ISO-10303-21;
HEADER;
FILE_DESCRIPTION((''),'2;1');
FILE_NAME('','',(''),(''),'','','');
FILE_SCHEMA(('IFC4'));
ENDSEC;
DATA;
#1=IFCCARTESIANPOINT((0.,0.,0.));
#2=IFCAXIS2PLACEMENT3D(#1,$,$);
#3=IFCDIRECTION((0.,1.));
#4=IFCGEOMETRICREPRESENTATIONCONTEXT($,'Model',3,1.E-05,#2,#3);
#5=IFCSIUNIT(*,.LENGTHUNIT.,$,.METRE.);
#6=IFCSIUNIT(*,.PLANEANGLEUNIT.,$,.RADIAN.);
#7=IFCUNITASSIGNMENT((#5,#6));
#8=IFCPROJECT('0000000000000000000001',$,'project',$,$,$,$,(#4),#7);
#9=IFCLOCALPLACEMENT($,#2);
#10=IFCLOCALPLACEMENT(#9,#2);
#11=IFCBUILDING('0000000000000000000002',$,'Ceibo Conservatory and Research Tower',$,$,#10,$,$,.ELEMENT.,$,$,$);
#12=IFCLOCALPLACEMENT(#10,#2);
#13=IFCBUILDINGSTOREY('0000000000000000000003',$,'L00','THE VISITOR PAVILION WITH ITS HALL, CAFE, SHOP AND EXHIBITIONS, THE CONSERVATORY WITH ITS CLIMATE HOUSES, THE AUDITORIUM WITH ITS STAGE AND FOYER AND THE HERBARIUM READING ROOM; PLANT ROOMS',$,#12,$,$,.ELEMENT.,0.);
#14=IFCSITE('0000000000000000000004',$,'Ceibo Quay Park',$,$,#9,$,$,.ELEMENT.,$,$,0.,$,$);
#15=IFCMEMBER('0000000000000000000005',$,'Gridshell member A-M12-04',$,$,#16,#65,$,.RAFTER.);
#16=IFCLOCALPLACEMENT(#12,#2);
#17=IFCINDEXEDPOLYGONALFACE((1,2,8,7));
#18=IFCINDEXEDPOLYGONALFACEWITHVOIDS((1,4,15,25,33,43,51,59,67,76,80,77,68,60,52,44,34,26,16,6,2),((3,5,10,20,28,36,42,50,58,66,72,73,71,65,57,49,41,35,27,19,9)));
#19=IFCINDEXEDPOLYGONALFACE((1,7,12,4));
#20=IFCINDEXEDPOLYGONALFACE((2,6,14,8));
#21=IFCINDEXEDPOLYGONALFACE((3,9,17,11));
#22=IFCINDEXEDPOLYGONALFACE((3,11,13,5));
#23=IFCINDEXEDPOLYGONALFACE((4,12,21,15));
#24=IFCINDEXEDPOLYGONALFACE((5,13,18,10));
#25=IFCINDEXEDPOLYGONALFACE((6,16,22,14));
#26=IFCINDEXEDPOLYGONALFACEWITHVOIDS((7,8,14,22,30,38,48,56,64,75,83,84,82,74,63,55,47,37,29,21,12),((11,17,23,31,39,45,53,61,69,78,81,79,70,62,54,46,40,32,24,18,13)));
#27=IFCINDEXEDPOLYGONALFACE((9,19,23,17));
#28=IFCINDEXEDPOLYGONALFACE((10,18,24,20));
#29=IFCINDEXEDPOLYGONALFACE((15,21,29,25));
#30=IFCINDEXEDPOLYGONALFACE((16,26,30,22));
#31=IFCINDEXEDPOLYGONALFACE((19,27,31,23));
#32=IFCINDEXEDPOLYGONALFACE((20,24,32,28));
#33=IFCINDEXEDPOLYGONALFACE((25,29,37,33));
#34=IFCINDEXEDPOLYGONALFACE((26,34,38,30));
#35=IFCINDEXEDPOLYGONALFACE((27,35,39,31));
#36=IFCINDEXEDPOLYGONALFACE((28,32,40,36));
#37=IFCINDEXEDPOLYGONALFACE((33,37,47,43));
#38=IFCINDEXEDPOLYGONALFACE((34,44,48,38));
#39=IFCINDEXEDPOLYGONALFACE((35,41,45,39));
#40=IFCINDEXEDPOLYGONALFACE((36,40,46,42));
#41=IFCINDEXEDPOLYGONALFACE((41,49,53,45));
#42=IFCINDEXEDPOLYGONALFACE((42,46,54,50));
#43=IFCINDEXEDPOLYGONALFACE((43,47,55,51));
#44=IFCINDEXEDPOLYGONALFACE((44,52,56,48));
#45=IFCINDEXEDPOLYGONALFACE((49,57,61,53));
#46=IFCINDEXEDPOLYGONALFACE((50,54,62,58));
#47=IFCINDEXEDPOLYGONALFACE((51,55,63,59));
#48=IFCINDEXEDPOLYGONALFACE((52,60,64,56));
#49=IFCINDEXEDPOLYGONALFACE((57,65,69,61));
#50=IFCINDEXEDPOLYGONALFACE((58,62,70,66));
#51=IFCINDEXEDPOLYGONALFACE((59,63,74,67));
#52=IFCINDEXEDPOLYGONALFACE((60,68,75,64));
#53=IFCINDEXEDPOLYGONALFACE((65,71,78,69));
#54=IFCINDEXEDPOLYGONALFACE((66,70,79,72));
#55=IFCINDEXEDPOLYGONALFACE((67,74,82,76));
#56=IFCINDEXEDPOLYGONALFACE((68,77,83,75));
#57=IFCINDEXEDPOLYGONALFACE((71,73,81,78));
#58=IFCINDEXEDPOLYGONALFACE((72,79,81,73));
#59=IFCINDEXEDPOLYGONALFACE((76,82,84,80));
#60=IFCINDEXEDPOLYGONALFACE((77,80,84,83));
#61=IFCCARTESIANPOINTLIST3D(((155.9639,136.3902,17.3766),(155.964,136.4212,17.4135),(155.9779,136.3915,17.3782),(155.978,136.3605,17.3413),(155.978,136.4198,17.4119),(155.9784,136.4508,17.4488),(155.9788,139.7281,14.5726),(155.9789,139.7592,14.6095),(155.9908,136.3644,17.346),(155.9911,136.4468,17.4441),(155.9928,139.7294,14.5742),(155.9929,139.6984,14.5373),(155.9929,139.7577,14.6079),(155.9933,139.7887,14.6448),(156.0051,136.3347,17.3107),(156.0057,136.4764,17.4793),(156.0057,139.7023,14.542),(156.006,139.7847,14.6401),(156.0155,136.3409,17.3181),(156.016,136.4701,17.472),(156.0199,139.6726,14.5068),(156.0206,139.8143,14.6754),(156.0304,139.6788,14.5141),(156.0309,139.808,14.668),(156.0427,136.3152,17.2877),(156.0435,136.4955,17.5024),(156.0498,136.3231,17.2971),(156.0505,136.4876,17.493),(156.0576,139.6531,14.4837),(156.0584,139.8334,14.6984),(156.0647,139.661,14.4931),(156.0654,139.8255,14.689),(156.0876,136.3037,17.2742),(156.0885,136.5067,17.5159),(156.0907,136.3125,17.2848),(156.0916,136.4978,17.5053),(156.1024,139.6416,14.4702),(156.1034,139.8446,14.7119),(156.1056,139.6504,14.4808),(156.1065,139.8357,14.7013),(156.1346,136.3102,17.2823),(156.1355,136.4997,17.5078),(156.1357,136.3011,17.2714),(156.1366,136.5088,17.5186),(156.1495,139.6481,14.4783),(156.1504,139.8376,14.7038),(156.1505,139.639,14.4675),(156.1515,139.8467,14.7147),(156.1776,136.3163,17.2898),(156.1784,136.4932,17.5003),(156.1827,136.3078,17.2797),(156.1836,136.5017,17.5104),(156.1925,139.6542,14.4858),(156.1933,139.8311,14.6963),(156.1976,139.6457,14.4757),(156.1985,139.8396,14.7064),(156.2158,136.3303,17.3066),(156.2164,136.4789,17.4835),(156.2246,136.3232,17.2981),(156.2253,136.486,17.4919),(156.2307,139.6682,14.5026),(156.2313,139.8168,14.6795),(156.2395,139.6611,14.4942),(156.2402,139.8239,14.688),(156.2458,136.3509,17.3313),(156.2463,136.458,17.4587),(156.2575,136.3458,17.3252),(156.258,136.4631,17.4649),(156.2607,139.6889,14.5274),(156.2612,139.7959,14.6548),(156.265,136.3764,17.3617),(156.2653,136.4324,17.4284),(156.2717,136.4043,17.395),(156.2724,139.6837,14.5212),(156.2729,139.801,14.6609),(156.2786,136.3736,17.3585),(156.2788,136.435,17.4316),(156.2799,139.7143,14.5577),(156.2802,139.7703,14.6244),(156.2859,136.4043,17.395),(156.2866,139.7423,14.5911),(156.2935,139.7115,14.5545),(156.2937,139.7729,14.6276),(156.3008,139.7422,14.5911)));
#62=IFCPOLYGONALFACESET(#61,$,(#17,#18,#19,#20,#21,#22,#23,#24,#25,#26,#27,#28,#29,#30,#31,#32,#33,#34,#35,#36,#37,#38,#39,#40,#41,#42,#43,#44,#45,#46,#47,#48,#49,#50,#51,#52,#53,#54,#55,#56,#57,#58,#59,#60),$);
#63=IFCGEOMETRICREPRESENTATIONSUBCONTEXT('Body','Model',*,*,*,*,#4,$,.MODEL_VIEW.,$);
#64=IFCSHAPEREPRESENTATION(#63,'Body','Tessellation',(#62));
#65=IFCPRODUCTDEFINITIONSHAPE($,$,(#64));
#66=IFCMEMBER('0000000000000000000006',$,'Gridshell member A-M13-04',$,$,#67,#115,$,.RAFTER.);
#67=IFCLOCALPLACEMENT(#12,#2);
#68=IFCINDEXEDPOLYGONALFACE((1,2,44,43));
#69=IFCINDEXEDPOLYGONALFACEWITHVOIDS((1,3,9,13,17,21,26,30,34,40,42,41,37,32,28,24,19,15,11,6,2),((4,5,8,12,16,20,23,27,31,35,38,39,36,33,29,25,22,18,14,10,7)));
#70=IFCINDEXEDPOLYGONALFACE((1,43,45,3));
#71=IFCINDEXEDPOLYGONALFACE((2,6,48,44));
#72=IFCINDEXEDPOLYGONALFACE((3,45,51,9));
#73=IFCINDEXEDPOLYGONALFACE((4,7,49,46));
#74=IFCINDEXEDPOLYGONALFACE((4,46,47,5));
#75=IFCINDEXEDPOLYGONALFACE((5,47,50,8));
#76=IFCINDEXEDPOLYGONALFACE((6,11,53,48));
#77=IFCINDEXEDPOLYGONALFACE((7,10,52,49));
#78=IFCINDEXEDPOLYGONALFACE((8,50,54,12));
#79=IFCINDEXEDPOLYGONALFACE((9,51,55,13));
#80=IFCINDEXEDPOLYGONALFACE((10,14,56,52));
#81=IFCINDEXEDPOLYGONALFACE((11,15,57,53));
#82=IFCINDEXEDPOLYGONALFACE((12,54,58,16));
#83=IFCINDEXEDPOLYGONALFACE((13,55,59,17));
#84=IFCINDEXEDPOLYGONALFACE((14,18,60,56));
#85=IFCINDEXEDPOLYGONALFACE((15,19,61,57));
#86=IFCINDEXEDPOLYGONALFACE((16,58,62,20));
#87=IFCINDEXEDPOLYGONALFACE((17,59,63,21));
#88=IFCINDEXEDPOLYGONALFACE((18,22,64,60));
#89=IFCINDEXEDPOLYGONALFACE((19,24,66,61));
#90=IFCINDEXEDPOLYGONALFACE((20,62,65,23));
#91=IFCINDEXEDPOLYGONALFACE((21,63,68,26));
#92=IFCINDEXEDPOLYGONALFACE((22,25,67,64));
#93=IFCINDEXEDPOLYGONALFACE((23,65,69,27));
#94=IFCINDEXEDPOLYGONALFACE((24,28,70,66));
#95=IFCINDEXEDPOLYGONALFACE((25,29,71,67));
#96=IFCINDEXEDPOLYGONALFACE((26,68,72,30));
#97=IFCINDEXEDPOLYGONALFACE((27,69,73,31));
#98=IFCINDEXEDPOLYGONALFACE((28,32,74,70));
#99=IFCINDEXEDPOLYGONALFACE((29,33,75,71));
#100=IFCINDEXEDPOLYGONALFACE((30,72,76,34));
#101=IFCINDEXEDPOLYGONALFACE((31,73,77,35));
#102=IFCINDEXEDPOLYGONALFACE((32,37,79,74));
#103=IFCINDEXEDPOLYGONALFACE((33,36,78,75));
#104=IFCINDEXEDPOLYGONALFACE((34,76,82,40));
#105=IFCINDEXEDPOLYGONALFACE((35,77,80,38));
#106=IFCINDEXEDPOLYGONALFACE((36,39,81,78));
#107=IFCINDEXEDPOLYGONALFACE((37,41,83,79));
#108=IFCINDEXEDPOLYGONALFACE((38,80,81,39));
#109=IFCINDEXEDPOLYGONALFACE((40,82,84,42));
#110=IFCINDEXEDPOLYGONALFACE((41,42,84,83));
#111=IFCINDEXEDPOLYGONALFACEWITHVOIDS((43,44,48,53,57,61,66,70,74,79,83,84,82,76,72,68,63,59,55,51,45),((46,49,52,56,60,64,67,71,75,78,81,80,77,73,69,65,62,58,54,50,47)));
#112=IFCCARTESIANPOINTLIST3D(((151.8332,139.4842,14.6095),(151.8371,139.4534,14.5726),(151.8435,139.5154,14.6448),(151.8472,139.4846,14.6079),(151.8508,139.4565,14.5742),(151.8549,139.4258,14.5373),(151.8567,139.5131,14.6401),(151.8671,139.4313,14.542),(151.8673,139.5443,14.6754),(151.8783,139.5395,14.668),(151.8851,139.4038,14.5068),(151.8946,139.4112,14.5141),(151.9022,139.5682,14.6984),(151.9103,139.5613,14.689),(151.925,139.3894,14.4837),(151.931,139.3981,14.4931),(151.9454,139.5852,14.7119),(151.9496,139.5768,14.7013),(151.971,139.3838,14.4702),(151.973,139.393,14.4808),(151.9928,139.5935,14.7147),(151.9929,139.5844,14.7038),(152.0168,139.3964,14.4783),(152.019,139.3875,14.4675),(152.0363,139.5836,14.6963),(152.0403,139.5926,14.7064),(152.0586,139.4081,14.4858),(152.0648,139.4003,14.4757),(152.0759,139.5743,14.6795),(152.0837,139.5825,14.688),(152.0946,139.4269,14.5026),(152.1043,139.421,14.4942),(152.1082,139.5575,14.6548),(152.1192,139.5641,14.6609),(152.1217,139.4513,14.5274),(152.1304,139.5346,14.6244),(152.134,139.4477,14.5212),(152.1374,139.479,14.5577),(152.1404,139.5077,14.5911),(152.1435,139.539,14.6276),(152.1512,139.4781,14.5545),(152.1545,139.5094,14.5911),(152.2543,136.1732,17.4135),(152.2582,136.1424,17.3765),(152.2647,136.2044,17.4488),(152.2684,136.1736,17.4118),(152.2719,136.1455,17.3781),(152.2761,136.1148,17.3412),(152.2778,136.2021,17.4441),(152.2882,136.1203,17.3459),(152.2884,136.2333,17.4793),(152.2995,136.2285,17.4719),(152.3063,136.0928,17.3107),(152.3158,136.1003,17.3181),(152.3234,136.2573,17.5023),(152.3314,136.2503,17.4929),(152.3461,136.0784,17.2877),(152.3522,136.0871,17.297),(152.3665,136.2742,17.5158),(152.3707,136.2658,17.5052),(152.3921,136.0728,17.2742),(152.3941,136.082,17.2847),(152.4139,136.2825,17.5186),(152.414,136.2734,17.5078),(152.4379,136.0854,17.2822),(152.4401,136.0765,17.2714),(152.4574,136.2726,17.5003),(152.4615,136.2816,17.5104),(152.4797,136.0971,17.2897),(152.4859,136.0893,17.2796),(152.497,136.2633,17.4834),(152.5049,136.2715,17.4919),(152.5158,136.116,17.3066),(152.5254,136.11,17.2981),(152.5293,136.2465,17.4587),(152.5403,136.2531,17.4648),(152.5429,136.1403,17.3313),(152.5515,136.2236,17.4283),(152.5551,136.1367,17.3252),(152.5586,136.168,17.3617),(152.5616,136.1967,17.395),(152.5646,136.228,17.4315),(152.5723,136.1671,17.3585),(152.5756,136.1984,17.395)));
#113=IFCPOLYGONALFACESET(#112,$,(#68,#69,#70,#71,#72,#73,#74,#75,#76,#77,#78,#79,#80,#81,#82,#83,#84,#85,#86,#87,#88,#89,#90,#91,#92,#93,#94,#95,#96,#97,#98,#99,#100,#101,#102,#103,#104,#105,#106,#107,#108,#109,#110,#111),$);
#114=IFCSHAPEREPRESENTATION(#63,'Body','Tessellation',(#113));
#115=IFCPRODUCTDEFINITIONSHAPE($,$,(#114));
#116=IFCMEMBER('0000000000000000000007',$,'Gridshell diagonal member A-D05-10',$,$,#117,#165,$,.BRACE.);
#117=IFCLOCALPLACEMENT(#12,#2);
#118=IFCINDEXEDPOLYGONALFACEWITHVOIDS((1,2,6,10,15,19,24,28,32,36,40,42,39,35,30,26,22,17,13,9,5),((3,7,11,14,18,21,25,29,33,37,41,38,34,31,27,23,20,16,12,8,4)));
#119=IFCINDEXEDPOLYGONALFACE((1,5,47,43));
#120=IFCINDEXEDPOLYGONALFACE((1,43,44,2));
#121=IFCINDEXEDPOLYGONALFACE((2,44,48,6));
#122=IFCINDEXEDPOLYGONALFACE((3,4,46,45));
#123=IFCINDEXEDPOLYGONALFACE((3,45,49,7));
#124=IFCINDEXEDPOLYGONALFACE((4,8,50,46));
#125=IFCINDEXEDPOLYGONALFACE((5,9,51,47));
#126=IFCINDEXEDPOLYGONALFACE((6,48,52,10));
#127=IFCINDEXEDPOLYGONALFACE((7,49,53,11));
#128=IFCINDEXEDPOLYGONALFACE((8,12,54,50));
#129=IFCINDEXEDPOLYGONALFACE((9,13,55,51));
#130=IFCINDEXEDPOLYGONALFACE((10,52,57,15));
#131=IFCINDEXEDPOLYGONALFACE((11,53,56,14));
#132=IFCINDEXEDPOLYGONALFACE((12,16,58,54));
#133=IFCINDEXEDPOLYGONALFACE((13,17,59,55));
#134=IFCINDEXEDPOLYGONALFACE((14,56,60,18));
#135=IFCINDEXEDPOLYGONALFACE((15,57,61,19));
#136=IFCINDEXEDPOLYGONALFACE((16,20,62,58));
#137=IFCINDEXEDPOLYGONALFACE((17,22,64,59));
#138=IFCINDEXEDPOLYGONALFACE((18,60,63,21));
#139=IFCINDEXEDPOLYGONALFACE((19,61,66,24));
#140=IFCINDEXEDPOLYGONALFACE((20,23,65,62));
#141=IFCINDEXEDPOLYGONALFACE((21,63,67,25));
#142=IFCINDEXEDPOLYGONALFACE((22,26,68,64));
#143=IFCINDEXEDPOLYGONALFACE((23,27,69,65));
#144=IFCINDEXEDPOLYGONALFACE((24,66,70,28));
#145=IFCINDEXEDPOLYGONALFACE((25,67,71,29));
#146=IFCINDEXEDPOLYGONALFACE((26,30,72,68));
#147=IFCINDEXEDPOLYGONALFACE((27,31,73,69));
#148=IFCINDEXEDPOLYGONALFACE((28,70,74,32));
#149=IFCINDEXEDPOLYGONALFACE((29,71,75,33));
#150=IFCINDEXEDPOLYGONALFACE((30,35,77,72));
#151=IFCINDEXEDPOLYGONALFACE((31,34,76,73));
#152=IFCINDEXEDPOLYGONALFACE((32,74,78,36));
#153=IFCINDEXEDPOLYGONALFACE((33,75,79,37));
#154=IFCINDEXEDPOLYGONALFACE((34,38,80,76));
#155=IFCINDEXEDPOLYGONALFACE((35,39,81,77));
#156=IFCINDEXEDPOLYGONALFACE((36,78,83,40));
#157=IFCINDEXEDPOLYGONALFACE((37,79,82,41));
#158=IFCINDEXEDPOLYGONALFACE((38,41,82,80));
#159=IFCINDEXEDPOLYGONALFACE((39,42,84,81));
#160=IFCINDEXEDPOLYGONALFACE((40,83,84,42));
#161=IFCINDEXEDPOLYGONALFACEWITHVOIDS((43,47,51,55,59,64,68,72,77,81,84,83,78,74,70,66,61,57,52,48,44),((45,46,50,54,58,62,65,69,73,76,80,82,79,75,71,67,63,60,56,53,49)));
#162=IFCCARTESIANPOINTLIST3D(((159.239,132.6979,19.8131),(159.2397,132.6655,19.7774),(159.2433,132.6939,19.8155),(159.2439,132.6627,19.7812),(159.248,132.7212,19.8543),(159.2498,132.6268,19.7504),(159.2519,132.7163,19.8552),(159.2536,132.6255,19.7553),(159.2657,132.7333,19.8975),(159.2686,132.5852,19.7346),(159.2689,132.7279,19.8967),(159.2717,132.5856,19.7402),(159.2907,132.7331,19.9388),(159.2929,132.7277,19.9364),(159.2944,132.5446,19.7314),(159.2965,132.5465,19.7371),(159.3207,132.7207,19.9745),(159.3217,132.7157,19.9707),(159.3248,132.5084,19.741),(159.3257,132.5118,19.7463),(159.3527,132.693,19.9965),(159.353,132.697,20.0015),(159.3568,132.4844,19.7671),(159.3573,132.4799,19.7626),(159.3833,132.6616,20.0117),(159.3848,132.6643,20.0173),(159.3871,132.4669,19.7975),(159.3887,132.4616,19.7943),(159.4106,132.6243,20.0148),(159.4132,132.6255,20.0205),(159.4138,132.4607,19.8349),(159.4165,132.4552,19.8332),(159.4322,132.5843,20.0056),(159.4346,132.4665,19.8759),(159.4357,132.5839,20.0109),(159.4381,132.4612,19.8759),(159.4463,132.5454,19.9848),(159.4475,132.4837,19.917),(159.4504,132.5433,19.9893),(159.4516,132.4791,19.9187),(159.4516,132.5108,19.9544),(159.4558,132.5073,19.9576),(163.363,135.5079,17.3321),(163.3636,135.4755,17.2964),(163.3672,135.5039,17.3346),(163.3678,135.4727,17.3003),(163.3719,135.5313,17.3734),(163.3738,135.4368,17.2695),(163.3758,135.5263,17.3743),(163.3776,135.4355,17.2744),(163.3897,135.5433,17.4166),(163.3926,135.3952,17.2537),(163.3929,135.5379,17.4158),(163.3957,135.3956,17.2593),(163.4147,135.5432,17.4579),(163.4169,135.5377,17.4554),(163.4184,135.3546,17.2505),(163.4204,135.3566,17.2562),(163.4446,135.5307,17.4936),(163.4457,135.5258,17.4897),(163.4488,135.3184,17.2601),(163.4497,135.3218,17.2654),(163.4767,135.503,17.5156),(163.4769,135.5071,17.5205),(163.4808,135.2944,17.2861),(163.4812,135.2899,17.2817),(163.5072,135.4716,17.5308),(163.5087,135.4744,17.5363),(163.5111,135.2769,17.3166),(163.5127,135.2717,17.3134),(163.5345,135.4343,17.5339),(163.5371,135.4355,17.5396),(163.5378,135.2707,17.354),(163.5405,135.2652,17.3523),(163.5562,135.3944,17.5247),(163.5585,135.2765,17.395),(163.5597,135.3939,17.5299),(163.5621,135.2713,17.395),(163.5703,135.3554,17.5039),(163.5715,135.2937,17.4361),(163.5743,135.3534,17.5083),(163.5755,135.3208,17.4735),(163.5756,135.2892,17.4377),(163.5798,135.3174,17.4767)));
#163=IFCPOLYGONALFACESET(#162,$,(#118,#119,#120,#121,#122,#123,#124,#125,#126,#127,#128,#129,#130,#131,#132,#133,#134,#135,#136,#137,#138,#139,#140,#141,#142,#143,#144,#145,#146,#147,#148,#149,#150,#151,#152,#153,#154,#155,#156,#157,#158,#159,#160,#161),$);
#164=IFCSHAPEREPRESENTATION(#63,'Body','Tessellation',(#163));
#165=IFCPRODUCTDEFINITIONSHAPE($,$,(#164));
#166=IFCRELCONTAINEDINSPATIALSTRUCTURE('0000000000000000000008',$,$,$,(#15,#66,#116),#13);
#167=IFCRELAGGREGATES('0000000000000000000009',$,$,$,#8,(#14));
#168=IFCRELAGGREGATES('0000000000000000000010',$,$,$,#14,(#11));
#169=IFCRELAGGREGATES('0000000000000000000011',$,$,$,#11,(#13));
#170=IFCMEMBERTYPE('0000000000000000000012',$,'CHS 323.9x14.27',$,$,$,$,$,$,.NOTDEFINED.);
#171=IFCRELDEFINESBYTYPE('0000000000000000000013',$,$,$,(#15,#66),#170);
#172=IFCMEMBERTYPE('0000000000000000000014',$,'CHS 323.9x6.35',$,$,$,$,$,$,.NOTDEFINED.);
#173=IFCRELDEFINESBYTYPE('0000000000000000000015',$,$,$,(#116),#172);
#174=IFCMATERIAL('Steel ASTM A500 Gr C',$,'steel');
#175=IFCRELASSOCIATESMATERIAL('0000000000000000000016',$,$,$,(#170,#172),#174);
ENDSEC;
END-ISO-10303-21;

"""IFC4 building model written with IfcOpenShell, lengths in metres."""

from ifc_helpers import new_model, si_unit, direction, frame, origin, origin_2d, place, context, subcontext, project, spatial, hollow_circle, extrude, material, material_profile, profile_set, type_object, element, save


model = new_model("IFC4")

# Units and contexts
model_context = context("Model", 3, precision=1e-05, world=origin(), true_north=direction((0.0, 1.0)))
body_context = subcontext(model_context, "Body", "Model", "MODEL_VIEW")
ifc_project = project(units=[si_unit("LENGTHUNIT", "METRE"), si_unit("PLANEANGLEUNIT", "RADIAN")], contexts=[model_context])

# Site, building, storey
site_placement = place(None, origin())
site = spatial("IfcSite", under=ifc_project, at=site_placement, Name="Ceibo Quay Park", CompositionType="ELEMENT", RefElevation=0.0)
building_placement = place(site_placement, origin())
building = spatial("IfcBuilding", under=site, at=building_placement, Name="Ceibo Conservatory and Research Tower", CompositionType="ELEMENT")
storey_placement = place(building_placement, origin())
storey = spatial("IfcBuildingStorey", under=building, at=storey_placement, Name="L00", Description="THE VISITOR PAVILION WITH ITS HALL, CAFE, SHOP AND EXHIBITIONS, THE CONSERVATORY WITH ITS CLIMATE HOUSES, THE AUDITORIUM WITH ITS STAGE AND FOYER AND THE HERBARIUM READING ROOM; PLANT ROOMS", CompositionType="ELEMENT", Elevation=0.0)

# Members
ifc_material_1 = material(Name="Steel ASTM A500 Gr C", Category="steel")
ifc_material_profile_1 = material_profile(ifc_material_1, hollow_circle(Radius=0.1619, WallThickness=0.0142, at=origin_2d()), Name="CHS 323.9x14.27")
ifc_profile_set_1 = profile_set([ifc_material_profile_1], Name="Steel ASTM A500 Gr C")
member_type_1 = type_object("IfcMemberType", Name="CHS 323.9x14.27", PredefinedType="NOTDEFINED", material=ifc_profile_set_1)
member_1_placement = place(storey_placement, frame((156.1389, 139.7429, 14.5911), z_axis=(-0.003416, -0.765686, 0.643205), x_axis=(0.99999, -0.004462, 0.0)))
element("IfcMember", 1, at=member_1_placement, inside=storey, type_object=member_type_1, Name="Gridshell member A-M12-04", PredefinedType="RAFTER", context=body_context, shape_type="SweptSolid", body=[
    extrude(hollow_circle(Radius=0.1619, WallThickness=0.0142, at=origin_2d()), origin(), (0.0, 0.0, 1.0), 4.3594),
])
member_2_placement = place(storey_placement, frame((151.9939, 139.489, 14.5911), z_axis=(0.09661, -0.759554, 0.643229), x_axis=(0.992008, 0.126177, 0.0)))
element("IfcMember", 2, at=member_2_placement, inside=storey, type_object=member_type_1, Name="Gridshell member A-M13-04", PredefinedType="RAFTER", context=body_context, shape_type="SweptSolid", body=[
    extrude(hollow_circle(Radius=0.1619, WallThickness=0.0142, at=origin_2d()), origin(), (0.0, 0.0, 1.0), 4.3591),
])
ifc_material_profile_2 = material_profile(ifc_material_1, hollow_circle(Radius=0.1619, WallThickness=0.0063, at=origin_2d()), Name="CHS 323.9x6.35")
ifc_profile_set_2 = profile_set([ifc_material_profile_2], Name="Steel ASTM A500 Gr C")
member_type_2 = type_object("IfcMemberType", Name="CHS 323.9x6.35", PredefinedType="NOTDEFINED", material=ifc_profile_set_2)
for number, where, z_axis, x_axis, name in (
    (3, (163.4709, 135.405, 17.395), (-0.739991, -0.504221, 0.445169), (0.563094, -0.826393, 0.0), "Gridshell diagonal member A-D05-10"),
):
    element("IfcMember", number, at=place(storey_placement, frame(where, z_axis=z_axis, x_axis=x_axis)), inside=storey, type_object=member_type_2, Name=name, PredefinedType="BRACE", context=body_context, shape_type="SweptSolid", body=[
        extrude(hollow_circle(Radius=0.1619, WallThickness=0.0063, at=origin_2d()), origin(), (0.0, 0.0, 1.0), 5.573),
    ])

save(model, "model.ifc")
